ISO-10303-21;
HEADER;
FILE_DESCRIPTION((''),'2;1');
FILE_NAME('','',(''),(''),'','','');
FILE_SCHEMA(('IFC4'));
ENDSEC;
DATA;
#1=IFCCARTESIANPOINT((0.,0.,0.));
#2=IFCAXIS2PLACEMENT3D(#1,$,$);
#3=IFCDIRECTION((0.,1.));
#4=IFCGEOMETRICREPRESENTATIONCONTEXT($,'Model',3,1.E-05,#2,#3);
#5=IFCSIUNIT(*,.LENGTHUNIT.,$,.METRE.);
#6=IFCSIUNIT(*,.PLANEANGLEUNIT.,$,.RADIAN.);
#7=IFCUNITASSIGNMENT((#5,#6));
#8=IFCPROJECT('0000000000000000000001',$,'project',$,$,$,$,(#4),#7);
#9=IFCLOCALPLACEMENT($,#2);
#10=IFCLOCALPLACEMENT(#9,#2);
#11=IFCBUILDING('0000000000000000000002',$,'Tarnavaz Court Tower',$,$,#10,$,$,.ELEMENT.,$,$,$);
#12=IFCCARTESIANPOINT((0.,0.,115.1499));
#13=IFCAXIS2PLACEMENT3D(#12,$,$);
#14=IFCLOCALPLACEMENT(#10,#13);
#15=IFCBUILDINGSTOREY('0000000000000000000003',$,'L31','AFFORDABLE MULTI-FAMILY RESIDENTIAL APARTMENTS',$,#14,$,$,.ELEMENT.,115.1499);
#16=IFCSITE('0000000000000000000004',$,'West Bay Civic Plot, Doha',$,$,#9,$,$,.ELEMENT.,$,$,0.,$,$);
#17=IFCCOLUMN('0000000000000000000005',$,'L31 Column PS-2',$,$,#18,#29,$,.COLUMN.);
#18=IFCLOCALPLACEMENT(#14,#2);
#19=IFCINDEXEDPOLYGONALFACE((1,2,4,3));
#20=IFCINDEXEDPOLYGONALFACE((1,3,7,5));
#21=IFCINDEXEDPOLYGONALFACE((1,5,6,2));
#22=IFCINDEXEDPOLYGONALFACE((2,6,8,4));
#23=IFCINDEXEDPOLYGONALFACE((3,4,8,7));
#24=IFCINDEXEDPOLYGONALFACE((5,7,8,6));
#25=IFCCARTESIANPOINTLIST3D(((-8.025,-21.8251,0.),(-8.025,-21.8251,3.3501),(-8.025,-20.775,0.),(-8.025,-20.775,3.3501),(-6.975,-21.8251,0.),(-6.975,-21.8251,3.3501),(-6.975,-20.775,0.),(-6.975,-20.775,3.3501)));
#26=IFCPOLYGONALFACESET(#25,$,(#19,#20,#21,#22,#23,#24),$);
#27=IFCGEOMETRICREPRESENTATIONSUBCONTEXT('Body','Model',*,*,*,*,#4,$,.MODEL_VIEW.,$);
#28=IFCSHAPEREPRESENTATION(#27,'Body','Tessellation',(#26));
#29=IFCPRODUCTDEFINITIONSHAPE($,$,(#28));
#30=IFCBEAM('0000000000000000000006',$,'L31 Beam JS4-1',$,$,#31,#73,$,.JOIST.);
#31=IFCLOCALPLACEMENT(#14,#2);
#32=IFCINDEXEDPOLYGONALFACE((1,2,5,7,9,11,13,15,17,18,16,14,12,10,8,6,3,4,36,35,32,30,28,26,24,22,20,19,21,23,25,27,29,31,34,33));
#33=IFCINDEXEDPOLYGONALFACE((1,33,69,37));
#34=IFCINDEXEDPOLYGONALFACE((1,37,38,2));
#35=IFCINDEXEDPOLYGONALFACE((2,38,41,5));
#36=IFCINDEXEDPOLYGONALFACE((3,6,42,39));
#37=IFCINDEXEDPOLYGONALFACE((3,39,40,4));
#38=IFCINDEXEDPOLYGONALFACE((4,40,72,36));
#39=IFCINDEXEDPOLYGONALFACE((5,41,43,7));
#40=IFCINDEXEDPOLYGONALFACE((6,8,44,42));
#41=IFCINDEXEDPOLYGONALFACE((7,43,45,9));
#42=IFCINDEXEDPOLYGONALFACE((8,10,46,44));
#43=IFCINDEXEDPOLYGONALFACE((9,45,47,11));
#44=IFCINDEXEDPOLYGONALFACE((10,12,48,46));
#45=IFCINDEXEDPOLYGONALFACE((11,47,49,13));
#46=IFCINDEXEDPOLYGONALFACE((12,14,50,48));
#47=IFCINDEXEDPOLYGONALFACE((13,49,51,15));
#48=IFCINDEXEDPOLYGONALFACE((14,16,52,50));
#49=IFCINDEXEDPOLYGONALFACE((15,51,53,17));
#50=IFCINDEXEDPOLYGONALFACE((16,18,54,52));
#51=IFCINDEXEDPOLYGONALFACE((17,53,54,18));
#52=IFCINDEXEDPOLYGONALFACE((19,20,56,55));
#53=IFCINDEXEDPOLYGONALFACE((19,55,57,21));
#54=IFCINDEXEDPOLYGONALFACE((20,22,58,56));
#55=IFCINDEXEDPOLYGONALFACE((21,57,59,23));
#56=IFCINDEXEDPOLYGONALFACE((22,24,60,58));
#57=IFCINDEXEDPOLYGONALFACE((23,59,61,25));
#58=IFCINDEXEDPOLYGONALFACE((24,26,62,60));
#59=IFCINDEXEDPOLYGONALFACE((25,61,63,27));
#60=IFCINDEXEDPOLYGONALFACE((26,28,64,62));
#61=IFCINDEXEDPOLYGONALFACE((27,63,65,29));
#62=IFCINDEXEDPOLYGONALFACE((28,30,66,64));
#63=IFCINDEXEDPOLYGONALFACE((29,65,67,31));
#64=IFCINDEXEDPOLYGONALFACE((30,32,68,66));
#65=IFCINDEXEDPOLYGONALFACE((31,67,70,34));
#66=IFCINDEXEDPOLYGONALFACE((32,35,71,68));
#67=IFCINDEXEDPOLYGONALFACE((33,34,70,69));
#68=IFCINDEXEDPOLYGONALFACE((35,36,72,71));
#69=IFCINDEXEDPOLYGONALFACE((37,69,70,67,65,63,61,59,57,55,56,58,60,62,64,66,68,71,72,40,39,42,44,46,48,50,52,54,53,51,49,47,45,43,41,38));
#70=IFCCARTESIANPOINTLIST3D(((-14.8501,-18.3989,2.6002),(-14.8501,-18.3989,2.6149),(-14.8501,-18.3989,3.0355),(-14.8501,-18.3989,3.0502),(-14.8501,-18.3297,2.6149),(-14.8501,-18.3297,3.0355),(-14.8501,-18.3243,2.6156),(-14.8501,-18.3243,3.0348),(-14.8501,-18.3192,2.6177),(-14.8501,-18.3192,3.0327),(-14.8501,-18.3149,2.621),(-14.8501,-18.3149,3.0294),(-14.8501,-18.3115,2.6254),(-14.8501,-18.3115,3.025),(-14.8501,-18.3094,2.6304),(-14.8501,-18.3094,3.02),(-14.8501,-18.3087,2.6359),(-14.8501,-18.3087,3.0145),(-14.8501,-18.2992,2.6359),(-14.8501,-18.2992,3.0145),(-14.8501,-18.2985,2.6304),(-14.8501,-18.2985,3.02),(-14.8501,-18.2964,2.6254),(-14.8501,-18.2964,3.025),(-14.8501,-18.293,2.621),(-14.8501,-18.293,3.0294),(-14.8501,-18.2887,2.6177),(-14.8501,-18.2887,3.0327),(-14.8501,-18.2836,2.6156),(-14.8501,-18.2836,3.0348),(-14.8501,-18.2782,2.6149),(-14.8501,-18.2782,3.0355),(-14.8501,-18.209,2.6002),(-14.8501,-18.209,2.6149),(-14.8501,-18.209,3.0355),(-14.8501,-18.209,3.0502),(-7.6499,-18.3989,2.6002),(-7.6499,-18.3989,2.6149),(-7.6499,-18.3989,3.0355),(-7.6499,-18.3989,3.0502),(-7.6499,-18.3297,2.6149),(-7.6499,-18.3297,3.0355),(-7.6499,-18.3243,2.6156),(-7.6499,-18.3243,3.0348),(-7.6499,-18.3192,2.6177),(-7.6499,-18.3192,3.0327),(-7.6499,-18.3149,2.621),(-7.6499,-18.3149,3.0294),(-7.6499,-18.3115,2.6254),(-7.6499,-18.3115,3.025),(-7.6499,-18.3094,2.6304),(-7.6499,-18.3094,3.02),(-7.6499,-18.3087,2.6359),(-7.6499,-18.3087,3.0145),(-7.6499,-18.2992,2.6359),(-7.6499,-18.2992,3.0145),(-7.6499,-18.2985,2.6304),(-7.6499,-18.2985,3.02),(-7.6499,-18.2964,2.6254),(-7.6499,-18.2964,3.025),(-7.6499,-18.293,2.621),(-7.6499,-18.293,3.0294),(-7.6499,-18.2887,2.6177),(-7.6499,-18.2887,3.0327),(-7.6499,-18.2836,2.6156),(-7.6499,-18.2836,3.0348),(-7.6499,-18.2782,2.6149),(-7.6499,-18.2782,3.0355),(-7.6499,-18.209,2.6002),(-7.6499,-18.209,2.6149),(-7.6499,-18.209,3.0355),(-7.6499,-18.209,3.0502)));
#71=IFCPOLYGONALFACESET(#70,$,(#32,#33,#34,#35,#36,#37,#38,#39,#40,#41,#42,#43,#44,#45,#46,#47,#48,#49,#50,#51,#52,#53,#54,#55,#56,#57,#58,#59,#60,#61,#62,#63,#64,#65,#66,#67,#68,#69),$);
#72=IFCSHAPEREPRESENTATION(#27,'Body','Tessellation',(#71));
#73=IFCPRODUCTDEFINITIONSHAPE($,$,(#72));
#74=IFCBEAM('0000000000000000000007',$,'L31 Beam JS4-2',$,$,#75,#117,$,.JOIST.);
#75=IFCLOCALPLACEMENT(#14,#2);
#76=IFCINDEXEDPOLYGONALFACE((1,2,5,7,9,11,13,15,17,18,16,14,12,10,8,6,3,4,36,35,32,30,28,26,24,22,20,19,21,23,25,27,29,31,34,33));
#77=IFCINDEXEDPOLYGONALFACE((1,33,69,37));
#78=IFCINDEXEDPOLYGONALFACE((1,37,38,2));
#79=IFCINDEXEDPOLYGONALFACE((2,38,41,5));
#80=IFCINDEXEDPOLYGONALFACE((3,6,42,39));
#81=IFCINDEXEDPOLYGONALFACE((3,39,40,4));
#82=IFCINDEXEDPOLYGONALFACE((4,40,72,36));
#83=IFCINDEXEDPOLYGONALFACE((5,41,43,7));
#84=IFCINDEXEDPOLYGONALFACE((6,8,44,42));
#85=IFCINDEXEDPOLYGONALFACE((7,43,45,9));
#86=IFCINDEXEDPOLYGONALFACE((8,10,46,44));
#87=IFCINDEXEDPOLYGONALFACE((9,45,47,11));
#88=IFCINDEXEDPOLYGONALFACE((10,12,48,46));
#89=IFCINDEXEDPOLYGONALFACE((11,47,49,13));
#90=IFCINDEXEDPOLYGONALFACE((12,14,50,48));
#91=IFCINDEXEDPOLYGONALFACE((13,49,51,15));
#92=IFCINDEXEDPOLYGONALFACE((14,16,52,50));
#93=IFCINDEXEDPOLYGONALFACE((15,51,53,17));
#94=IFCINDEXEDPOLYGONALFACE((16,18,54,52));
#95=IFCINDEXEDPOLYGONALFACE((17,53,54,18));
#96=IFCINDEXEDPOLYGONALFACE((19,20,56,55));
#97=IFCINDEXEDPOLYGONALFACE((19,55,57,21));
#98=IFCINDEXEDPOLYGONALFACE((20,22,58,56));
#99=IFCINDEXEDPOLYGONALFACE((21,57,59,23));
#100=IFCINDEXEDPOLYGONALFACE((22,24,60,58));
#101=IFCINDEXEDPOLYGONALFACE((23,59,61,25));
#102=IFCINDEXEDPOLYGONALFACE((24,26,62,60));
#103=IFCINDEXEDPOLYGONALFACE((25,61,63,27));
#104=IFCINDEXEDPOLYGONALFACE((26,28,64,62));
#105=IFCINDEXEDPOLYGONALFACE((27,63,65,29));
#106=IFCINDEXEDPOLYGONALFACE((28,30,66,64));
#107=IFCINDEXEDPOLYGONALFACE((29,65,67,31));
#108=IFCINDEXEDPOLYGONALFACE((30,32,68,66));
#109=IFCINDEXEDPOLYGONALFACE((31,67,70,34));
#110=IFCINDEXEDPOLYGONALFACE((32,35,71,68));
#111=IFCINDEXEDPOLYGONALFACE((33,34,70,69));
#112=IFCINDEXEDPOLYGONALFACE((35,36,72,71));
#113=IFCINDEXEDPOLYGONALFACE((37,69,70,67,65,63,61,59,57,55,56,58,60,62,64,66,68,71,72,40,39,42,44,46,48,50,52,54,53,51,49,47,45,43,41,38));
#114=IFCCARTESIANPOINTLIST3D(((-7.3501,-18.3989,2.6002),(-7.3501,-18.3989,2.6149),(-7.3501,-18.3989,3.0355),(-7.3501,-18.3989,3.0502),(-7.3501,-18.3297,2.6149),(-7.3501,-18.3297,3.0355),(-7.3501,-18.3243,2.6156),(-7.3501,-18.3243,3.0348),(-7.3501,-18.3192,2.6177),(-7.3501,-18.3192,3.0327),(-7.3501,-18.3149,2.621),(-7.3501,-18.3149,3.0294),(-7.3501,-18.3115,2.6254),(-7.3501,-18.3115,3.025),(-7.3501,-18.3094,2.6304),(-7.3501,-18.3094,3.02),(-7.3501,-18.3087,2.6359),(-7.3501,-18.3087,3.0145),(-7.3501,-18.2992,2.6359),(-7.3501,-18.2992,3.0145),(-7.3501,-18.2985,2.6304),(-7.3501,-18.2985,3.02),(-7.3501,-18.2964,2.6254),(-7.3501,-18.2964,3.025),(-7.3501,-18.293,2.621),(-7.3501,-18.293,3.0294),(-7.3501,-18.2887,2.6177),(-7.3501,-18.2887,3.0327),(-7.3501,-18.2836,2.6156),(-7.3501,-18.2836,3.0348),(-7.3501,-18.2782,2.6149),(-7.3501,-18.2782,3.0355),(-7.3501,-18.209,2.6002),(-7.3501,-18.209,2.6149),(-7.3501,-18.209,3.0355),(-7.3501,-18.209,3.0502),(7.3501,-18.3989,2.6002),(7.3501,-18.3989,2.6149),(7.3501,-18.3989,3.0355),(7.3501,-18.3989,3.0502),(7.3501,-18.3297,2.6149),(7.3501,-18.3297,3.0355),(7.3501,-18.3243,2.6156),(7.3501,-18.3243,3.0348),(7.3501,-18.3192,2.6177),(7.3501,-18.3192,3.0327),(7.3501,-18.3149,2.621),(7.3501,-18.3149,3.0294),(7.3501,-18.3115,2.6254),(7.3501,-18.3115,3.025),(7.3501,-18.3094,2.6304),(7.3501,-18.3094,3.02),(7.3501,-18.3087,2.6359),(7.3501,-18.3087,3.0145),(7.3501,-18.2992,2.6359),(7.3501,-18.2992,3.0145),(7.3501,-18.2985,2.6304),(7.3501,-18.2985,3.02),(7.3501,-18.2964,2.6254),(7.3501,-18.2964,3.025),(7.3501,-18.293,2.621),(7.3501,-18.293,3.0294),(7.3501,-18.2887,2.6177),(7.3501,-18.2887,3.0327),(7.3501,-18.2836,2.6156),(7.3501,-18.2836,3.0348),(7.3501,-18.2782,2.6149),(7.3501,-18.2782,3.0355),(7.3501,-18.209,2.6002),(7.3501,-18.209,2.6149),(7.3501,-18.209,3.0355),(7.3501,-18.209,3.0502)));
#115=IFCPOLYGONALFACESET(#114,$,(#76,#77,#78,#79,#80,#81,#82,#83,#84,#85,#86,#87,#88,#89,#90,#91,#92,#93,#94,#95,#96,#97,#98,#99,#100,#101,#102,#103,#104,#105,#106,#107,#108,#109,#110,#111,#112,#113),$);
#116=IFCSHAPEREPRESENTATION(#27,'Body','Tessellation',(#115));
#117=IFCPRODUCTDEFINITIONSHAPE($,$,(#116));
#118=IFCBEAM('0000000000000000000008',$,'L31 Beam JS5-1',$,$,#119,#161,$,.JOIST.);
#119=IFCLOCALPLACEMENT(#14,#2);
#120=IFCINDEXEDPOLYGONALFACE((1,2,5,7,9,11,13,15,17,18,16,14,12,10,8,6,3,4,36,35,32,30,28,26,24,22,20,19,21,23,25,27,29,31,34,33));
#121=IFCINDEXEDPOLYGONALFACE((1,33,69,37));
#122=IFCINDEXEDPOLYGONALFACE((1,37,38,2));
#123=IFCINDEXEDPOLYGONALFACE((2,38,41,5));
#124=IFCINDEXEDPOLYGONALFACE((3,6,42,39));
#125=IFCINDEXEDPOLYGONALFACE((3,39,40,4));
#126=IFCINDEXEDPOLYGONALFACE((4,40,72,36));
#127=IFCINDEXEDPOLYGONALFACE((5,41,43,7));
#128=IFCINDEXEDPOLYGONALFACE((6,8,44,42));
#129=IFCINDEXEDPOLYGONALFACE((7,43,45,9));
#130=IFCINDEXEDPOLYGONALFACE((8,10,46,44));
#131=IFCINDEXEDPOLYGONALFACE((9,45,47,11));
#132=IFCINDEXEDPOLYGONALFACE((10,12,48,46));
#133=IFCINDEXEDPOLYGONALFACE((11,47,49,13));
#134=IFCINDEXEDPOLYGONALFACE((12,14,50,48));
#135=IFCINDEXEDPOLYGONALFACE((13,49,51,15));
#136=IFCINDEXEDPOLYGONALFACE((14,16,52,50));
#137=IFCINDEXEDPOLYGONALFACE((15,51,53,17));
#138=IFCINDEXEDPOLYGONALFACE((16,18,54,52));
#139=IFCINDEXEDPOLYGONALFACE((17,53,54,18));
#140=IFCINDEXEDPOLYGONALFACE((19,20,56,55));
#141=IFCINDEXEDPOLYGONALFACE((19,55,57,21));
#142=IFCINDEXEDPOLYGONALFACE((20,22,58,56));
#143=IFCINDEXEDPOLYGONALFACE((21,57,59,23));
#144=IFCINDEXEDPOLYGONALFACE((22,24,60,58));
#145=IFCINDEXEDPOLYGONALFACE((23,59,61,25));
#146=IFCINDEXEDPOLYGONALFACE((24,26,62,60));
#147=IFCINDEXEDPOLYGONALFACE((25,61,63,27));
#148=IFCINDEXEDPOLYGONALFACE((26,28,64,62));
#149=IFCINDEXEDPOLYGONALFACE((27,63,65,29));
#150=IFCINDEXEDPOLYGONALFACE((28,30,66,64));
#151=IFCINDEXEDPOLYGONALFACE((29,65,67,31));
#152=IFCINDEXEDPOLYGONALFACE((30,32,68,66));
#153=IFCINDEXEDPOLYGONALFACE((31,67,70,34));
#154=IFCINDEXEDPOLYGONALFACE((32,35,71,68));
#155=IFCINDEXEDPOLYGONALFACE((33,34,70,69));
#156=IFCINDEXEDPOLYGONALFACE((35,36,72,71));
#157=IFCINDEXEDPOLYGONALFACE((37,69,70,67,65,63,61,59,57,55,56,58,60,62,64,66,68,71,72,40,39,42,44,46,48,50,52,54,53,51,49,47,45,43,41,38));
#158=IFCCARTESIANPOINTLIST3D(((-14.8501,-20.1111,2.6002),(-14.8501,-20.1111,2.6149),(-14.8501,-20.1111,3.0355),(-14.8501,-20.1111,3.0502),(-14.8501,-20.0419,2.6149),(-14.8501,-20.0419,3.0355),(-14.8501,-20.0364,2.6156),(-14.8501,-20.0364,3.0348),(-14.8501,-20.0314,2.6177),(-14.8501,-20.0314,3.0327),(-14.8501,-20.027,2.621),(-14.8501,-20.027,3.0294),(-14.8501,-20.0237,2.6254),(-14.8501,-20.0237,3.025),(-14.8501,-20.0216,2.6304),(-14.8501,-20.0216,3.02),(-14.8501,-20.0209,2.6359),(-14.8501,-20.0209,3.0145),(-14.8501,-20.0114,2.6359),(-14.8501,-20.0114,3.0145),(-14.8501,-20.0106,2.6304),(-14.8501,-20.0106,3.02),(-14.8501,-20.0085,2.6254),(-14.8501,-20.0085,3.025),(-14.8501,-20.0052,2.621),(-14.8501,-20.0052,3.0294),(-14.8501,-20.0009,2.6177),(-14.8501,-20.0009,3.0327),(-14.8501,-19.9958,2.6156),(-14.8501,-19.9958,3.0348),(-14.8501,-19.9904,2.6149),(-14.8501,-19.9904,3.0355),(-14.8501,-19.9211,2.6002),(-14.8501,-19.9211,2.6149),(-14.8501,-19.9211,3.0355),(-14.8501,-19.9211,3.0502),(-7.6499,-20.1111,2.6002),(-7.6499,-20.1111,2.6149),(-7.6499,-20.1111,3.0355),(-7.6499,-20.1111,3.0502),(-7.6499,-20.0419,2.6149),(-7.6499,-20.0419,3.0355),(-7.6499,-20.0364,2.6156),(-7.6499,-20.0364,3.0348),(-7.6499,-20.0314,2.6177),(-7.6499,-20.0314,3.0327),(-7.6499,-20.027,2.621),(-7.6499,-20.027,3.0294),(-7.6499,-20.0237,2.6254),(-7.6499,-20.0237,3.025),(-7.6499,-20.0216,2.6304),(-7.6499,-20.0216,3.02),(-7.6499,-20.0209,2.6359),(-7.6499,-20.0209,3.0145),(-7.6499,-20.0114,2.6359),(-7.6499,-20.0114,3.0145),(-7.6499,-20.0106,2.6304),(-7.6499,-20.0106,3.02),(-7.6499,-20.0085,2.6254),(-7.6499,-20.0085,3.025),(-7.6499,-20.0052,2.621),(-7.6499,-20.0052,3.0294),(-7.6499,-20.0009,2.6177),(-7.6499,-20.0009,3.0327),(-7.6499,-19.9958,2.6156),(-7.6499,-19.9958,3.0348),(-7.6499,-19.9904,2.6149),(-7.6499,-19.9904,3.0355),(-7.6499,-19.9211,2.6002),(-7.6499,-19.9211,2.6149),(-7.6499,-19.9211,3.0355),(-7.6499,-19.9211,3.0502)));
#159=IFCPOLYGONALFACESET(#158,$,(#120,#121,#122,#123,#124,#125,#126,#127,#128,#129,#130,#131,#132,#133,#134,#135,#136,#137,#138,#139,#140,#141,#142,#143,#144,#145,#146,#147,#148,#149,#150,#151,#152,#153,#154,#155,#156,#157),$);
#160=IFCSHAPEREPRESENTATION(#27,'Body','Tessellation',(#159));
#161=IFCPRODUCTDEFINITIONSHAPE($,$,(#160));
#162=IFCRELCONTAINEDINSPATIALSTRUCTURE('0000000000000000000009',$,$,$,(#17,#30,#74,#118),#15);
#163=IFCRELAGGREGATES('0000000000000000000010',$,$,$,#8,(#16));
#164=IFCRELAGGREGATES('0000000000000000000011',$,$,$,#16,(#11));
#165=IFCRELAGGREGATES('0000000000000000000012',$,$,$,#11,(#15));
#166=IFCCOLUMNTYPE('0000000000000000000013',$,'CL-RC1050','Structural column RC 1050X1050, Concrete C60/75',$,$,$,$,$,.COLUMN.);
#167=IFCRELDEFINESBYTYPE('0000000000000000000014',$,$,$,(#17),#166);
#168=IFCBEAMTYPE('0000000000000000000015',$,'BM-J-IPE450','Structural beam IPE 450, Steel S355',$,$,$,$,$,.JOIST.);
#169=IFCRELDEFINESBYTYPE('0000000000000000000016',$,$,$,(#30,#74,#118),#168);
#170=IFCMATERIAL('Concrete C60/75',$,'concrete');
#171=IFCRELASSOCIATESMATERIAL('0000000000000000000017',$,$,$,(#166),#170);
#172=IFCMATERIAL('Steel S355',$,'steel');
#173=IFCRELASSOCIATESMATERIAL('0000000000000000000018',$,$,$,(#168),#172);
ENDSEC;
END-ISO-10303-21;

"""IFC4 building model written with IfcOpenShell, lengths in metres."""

from ifc_helpers import new_model, si_unit, direction, frame, origin, origin_2d, place, context, subcontext, project, spatial, rectangle, i_section, extrude, material, material_profile, profile_set, type_object, element, save


model = new_model("IFC4")

# Units and contexts
model_context = context("Model", 3, precision=1e-05, world=origin(), true_north=direction((0.0, 1.0)))
body_context = subcontext(model_context, "Body", "Model", "MODEL_VIEW")
ifc_project = project(units=[si_unit("LENGTHUNIT", "METRE"), si_unit("PLANEANGLEUNIT", "RADIAN")], contexts=[model_context])

# Site, building, storey
site_placement = place(None, origin())
site = spatial("IfcSite", under=ifc_project, at=site_placement, Name="West Bay Civic Plot, Doha", CompositionType="ELEMENT", RefElevation=0.0)
building_placement = place(site_placement, origin())
building = spatial("IfcBuilding", under=site, at=building_placement, Name="Tarnavaz Court Tower", CompositionType="ELEMENT")
storey_placement = place(building_placement, frame((0.0, 0.0, 115.1499)))
storey = spatial("IfcBuildingStorey", under=building, at=storey_placement, Name="L31", Description="AFFORDABLE MULTI-FAMILY RESIDENTIAL APARTMENTS", CompositionType="ELEMENT", Elevation=115.1499)

# Column
ifc_material_1 = material(Name="Concrete C60/75", Category="concrete")
ifc_material_profile_1 = material_profile(ifc_material_1, rectangle(XDim=1.05, YDim=1.05, at=origin_2d()), Name="RC 1050X1050")
ifc_profile_set_1 = profile_set([ifc_material_profile_1], Name="Concrete C60/75")
column_type = type_object("IfcColumnType", Name="CL-RC1050", Description="Structural column RC 1050X1050, Concrete C60/75", PredefinedType="COLUMN", material=ifc_profile_set_1)
column_placement = place(storey_placement, frame((-7.5, -21.3, 0.0), z_axis=(0.0, 0.0, 1.0), x_axis=(1.0, 0.0, 0.0)))
element("IfcColumn", 1, at=column_placement, inside=storey, type_object=column_type, Name="L31 Column PS-2", PredefinedType="COLUMN", context=body_context, shape_type="SweptSolid", body=[
    extrude(rectangle(XDim=1.05, YDim=1.05, at=origin_2d()), origin(), (0.0, 0.0, 1.0), 3.3501),
])

# Beams
ifc_material_2 = material(Name="Steel S355", Category="steel")
ifc_material_profile_2 = material_profile(ifc_material_2, i_section(OverallWidth=0.1899, OverallDepth=0.45, WebThickness=0.0095, FlangeThickness=0.0146, FilletRadius=0.021, at=origin_2d()), Name="IPE 450")
ifc_profile_set_2 = profile_set([ifc_material_profile_2], Name="Steel S355")
beam_type_1 = type_object("IfcBeamType", Name="BM-J-IPE450", Description="Structural beam IPE 450, Steel S355", PredefinedType="JOIST", material=ifc_profile_set_2)
beam_1_placement = place(storey_placement, frame((-14.8501, -18.304, 2.8252), z_axis=(1.0, 0.0, 0.0), x_axis=(0.0, 1.0, 0.0)))
element("IfcBeam", 2, at=beam_1_placement, inside=storey, type_object=beam_type_1, Name="L31 Beam JS4-1", PredefinedType="JOIST", context=body_context, shape_type="SweptSolid", body=[
    extrude(i_section(OverallWidth=0.1899, OverallDepth=0.45, WebThickness=0.0095, FlangeThickness=0.0146, FilletRadius=0.021, at=origin_2d()), origin(), (0.0, 0.0, 1.0), 7.2002),
])
beam_2_placement = place(storey_placement, frame((-7.3501, -18.304, 2.8252), z_axis=(1.0, 0.0, 0.0), x_axis=(0.0, 1.0, 0.0)))
element("IfcBeam", 3, at=beam_2_placement, inside=storey, type_object=beam_type_1, Name="L31 Beam JS4-2", PredefinedType="JOIST", context=body_context, shape_type="SweptSolid", body=[
    extrude(i_section(OverallWidth=0.1899, OverallDepth=0.45, WebThickness=0.0095, FlangeThickness=0.0146, FilletRadius=0.021, at=origin_2d()), origin(), (0.0, 0.0, 1.0), 14.7002),
])
beam_3_placement = place(storey_placement, frame((-14.8501, -20.0161, 2.8252), z_axis=(1.0, 0.0, 0.0), x_axis=(0.0, 1.0, 0.0)))
element("IfcBeam", 4, at=beam_3_placement, inside=storey, type_object=beam_type_1, Name="L31 Beam JS5-1", PredefinedType="JOIST", context=body_context, shape_type="SweptSolid", body=[
    extrude(i_section(OverallWidth=0.1899, OverallDepth=0.45, WebThickness=0.0095, FlangeThickness=0.0146, FilletRadius=0.021, at=origin_2d()), origin(), (0.0, 0.0, 1.0), 7.2002),
])

save(model, "model.ifc")
